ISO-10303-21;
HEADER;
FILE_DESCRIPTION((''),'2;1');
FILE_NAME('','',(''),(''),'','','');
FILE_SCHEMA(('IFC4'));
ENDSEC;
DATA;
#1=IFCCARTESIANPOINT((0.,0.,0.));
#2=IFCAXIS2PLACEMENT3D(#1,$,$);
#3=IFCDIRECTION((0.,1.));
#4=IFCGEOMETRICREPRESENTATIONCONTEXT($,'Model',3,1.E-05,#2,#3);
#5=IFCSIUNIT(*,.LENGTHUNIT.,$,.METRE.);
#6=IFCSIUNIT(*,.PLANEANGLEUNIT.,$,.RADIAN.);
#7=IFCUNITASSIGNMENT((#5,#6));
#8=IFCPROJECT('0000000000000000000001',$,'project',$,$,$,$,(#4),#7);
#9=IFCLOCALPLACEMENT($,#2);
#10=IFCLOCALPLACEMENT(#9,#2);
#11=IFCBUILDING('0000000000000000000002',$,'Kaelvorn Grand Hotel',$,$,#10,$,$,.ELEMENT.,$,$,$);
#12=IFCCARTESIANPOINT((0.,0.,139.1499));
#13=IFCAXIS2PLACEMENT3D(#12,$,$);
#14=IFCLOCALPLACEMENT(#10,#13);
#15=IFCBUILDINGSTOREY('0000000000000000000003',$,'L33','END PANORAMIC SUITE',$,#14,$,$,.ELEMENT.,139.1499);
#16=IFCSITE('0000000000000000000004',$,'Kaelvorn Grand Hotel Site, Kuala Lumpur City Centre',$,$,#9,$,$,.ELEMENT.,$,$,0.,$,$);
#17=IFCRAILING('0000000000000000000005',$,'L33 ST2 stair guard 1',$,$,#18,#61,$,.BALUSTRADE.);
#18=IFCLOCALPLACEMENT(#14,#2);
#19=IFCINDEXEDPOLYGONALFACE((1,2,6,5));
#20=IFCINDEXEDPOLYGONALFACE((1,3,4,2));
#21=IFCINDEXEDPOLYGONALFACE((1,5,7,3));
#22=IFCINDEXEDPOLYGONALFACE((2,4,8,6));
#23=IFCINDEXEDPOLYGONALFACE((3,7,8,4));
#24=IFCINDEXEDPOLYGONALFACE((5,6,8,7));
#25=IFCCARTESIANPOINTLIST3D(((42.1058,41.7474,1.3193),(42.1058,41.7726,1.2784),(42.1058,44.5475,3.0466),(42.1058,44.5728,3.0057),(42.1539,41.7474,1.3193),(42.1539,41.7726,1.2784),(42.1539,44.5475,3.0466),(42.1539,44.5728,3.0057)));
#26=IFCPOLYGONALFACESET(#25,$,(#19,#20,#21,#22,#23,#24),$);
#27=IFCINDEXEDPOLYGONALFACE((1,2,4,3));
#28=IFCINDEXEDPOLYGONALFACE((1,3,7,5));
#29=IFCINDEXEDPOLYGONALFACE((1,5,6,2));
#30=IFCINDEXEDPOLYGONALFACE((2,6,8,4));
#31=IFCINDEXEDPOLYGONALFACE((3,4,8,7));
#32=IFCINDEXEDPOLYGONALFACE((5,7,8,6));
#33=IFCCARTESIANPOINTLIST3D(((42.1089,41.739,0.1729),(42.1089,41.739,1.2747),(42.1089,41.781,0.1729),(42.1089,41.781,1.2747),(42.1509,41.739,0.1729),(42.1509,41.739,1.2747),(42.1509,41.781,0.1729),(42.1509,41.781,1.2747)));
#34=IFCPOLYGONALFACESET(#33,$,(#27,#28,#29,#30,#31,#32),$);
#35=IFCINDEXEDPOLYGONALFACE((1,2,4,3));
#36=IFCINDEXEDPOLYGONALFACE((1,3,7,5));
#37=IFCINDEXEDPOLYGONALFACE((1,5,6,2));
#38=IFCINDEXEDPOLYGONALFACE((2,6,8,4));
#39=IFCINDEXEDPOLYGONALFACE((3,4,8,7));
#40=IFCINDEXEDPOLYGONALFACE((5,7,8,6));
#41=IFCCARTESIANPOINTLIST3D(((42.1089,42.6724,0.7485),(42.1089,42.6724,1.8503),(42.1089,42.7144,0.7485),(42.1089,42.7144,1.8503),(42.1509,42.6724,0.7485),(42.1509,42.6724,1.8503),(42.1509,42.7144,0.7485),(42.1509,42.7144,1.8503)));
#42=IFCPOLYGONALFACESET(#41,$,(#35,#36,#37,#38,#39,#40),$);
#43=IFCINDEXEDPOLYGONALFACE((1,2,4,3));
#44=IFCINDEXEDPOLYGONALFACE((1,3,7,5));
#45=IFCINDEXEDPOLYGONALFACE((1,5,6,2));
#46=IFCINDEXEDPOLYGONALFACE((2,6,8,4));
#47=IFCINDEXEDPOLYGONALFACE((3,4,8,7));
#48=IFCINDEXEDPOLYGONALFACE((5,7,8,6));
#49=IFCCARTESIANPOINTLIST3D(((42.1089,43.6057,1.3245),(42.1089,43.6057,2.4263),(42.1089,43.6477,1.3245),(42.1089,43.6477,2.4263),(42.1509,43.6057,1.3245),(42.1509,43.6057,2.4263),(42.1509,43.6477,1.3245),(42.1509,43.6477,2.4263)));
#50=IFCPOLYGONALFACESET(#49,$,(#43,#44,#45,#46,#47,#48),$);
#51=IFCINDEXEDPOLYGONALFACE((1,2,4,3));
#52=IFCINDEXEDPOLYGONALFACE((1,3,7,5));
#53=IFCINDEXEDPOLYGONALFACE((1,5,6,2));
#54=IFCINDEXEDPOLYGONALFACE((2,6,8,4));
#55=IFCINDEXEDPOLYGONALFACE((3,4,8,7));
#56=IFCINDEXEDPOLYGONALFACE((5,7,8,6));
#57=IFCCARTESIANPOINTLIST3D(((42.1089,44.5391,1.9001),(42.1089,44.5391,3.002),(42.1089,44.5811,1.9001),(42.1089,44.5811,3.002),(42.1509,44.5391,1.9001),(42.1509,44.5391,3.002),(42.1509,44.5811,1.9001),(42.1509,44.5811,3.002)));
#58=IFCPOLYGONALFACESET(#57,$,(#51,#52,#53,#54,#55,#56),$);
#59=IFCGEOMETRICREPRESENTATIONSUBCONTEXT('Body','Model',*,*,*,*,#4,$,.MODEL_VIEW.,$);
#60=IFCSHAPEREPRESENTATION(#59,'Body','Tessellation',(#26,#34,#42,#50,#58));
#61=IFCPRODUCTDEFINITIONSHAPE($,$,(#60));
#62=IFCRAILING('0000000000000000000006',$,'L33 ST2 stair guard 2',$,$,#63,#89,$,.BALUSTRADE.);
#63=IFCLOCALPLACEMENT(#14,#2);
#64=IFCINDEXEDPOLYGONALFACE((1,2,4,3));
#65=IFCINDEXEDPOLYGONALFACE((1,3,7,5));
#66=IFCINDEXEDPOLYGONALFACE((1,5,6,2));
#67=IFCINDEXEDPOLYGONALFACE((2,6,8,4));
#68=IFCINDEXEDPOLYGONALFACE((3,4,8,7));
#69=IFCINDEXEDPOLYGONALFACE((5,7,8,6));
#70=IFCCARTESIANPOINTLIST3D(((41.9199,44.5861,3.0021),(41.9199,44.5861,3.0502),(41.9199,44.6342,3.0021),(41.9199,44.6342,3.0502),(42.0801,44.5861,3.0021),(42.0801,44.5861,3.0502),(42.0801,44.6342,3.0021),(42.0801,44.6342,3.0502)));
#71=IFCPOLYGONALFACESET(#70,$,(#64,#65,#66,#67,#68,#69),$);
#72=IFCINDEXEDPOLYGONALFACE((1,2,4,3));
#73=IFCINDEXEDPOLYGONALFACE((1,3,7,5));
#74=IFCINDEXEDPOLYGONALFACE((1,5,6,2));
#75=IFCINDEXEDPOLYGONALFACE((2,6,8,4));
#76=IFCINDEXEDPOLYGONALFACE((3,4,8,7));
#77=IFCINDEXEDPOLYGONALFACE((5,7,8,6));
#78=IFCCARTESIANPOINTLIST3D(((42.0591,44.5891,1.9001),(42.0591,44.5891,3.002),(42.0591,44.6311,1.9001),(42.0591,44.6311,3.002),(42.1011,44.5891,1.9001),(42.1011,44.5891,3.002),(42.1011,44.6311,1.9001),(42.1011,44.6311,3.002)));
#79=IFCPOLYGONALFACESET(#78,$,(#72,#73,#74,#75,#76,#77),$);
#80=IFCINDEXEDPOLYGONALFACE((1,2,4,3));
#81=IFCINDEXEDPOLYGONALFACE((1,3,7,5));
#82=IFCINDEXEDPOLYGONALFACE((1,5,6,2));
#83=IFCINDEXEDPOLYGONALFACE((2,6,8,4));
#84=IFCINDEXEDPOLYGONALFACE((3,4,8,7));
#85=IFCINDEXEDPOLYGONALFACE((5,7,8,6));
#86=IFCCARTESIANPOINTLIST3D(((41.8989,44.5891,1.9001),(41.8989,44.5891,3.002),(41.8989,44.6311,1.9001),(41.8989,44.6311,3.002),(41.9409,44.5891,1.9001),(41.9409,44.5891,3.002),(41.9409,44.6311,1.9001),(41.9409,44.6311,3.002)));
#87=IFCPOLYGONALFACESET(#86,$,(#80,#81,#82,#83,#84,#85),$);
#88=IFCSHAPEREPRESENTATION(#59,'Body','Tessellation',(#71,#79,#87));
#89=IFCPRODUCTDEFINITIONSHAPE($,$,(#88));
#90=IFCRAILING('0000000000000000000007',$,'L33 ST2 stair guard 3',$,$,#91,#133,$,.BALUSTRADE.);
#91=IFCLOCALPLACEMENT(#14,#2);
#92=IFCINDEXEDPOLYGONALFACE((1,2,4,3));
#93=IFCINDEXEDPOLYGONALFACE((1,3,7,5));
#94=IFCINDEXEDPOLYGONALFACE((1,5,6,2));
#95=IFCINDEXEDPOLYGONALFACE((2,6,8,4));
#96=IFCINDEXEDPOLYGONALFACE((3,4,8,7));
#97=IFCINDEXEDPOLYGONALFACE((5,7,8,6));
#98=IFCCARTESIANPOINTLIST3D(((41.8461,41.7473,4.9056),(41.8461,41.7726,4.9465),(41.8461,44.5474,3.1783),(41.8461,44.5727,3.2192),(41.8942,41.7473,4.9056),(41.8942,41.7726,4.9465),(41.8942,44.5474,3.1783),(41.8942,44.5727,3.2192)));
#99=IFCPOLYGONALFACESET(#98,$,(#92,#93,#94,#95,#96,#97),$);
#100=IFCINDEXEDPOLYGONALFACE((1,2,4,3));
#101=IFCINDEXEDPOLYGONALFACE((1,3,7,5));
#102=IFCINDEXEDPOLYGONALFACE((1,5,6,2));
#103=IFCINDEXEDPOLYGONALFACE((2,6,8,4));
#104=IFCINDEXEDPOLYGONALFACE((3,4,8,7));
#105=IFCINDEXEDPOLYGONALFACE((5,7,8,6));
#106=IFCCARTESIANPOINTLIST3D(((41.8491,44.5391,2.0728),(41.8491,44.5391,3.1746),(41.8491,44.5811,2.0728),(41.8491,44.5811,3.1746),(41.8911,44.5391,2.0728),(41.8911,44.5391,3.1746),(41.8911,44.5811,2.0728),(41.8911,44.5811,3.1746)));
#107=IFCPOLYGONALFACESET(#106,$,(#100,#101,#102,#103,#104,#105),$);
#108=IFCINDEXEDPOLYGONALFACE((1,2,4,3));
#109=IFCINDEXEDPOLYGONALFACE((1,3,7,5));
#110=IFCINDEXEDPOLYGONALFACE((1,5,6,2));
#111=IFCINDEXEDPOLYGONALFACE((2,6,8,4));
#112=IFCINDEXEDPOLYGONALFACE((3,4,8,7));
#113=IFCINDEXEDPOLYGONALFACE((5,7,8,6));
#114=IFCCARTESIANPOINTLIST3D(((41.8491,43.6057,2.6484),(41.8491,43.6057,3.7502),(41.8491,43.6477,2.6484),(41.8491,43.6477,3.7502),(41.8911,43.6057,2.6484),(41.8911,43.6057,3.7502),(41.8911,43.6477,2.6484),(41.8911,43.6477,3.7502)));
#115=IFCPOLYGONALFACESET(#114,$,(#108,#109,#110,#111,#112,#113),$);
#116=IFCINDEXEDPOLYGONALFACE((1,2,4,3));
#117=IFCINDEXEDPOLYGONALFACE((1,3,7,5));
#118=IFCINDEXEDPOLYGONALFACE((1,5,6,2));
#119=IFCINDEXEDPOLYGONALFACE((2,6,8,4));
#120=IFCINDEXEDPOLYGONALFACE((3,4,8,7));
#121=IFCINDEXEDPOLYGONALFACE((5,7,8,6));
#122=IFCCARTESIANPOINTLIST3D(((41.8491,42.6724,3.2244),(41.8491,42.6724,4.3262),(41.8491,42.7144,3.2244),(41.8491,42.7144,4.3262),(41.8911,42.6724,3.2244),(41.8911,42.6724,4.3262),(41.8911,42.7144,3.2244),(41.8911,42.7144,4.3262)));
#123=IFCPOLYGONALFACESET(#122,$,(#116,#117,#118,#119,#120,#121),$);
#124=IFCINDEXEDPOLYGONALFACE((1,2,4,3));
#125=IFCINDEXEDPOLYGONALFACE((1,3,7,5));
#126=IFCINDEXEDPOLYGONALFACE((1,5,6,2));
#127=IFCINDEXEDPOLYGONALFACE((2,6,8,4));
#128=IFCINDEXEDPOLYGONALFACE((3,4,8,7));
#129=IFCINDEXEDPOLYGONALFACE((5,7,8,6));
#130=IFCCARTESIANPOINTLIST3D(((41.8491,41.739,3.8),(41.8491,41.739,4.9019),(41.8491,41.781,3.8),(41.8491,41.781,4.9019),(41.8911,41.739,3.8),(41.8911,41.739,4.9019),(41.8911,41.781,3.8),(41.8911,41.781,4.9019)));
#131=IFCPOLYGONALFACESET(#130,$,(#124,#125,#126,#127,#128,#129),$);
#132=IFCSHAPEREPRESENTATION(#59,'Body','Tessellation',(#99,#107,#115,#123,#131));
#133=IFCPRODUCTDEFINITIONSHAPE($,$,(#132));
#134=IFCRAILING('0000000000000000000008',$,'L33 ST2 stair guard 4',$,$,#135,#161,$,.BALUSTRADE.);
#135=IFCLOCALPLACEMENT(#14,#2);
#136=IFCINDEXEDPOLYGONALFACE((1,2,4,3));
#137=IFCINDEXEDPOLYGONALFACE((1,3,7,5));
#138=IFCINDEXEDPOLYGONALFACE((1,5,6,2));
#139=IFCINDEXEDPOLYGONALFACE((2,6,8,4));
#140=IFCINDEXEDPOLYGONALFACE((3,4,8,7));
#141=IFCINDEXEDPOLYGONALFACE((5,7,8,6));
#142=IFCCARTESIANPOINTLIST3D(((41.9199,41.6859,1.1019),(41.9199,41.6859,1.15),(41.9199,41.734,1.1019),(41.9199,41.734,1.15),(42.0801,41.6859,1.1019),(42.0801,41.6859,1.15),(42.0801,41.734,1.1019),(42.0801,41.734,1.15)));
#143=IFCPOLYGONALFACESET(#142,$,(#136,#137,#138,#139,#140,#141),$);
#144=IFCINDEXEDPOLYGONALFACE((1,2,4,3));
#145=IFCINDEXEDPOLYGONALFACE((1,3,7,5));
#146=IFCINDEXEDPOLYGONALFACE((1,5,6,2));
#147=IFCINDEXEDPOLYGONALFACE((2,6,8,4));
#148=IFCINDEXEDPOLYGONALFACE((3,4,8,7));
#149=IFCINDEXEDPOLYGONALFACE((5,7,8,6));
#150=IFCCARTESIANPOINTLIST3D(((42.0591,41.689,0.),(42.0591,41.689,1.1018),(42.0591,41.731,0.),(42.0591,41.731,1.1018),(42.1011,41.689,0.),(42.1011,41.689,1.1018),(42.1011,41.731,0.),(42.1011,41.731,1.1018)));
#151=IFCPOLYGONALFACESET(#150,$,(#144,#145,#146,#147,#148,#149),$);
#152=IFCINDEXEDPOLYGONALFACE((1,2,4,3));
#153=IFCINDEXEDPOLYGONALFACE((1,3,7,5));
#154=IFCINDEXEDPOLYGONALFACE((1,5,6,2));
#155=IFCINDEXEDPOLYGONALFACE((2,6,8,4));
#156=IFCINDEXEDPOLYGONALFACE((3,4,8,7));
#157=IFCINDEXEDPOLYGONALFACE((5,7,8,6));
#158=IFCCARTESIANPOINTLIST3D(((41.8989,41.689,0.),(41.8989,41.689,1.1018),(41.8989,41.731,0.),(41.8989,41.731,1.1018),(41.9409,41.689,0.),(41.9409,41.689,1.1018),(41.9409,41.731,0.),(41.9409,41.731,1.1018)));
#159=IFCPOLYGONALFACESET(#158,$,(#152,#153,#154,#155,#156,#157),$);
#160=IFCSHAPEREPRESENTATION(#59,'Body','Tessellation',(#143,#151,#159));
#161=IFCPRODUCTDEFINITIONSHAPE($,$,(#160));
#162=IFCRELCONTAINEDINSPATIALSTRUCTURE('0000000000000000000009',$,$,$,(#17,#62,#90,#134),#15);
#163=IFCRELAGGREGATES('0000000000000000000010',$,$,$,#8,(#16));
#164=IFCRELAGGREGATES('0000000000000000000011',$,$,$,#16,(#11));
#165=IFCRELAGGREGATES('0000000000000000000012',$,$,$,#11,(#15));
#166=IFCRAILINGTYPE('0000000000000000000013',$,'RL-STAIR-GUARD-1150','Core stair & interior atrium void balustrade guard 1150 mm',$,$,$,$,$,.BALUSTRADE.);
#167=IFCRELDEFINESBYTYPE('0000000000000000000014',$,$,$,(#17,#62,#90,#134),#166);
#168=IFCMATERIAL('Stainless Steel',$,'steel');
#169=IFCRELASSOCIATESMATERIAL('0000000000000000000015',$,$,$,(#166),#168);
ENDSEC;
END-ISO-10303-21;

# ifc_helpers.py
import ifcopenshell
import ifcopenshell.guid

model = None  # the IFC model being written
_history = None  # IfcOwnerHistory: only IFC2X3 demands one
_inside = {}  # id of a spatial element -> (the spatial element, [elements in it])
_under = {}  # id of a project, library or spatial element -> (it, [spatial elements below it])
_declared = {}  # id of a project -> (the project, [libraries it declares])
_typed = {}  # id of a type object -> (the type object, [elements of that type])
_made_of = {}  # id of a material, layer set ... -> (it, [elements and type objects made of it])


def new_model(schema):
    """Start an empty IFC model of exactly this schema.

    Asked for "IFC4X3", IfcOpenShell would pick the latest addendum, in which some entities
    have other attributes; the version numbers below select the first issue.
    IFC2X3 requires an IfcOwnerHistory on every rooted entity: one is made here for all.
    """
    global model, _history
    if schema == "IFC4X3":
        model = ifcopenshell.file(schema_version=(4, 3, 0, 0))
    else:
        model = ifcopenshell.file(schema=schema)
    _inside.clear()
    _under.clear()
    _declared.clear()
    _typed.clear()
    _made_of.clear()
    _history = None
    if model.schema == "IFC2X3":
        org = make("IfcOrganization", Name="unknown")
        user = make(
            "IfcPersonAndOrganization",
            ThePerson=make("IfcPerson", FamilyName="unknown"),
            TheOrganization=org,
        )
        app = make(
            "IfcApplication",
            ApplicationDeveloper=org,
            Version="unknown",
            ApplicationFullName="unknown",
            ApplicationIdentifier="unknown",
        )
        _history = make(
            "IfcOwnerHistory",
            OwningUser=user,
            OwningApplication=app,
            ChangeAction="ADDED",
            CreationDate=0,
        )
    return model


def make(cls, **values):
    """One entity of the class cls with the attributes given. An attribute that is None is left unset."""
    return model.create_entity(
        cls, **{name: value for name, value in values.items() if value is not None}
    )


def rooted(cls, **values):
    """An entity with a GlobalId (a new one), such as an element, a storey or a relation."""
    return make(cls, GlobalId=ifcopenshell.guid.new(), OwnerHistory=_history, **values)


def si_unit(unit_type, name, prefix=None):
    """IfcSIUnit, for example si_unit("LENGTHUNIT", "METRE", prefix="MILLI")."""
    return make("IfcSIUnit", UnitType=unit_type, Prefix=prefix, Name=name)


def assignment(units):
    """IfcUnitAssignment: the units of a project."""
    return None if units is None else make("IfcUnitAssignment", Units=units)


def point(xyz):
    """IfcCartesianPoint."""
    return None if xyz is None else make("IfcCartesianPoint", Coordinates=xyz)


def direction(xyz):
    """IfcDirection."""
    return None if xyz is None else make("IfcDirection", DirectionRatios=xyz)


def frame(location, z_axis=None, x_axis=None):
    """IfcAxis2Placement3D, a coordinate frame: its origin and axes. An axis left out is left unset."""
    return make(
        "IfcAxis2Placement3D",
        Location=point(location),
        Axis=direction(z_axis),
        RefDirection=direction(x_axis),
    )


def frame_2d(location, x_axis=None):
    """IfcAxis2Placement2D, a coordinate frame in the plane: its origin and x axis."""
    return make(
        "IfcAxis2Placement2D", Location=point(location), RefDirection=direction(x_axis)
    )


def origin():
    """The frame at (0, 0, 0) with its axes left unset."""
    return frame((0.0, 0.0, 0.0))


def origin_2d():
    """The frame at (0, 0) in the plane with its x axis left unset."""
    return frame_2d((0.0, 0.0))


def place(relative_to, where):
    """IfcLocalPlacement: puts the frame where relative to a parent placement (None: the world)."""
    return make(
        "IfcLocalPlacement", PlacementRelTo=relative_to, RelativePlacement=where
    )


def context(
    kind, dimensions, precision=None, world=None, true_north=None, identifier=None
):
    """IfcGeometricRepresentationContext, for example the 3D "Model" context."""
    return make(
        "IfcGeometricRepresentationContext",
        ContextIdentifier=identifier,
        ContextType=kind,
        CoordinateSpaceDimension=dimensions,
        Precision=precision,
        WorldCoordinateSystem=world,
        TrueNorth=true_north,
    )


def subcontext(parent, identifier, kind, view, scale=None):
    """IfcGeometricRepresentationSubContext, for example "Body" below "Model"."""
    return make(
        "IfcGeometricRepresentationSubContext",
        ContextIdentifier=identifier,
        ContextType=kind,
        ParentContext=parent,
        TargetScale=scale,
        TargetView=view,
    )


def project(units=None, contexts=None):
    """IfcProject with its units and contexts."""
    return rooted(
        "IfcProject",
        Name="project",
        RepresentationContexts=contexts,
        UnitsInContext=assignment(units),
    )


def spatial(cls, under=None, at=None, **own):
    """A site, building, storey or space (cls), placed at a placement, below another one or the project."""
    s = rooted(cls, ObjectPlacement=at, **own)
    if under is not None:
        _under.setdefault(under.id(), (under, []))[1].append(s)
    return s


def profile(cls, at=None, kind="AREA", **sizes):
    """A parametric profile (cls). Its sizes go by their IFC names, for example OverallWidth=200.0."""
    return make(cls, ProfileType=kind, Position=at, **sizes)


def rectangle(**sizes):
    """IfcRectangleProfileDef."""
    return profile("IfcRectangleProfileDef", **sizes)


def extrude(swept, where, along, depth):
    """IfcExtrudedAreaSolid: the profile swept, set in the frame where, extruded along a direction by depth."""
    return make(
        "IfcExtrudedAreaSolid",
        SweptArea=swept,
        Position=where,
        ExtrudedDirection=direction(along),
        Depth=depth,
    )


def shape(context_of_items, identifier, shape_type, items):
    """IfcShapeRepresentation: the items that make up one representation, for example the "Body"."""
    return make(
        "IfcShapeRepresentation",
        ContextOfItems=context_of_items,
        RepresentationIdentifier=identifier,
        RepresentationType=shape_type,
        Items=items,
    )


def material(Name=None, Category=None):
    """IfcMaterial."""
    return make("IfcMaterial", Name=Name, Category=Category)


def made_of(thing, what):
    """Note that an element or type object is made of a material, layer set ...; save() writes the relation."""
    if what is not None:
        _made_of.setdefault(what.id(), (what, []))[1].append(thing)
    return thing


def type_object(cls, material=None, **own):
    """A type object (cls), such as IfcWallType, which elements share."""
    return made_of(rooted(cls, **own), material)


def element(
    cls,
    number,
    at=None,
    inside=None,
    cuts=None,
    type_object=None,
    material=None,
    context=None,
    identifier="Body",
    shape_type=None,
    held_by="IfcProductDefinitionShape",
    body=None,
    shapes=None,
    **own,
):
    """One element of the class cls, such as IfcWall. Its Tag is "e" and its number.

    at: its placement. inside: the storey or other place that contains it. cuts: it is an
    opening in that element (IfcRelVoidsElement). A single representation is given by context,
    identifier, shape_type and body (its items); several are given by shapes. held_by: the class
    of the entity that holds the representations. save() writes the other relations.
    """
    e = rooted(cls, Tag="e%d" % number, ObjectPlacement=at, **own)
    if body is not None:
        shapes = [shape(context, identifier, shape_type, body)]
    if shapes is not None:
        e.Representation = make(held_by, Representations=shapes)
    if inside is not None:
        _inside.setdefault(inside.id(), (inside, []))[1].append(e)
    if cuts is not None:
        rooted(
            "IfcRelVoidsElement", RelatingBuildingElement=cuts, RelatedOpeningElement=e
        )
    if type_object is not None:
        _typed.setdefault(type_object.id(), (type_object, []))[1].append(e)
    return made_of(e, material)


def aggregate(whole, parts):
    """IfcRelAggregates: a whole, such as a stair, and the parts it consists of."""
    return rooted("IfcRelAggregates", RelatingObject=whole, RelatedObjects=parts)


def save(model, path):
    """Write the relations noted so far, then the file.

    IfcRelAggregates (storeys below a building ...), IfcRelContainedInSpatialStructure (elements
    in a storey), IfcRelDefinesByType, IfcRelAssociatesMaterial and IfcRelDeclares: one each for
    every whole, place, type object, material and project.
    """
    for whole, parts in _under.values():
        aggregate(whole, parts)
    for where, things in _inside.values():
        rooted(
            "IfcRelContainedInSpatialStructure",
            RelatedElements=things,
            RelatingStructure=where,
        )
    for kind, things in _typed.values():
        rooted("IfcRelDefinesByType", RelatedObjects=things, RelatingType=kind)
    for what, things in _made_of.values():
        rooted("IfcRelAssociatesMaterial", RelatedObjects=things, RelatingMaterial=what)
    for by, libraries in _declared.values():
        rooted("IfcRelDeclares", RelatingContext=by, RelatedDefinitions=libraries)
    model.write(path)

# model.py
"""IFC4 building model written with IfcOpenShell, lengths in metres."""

from ifc_helpers import new_model, si_unit, direction, frame, origin, origin_2d, place, context, subcontext, project, spatial, rectangle, extrude, material, type_object, element, save


model = new_model("IFC4")

# Units and contexts
model_context = context("Model", 3, precision=1e-05, world=origin(), true_north=direction((0.0, 1.0)))
body_context = subcontext(model_context, "Body", "Model", "MODEL_VIEW")
ifc_project = project(units=[si_unit("LENGTHUNIT", "METRE"), si_unit("PLANEANGLEUNIT", "RADIAN")], contexts=[model_context])

# Site, building, storey
site_placement = place(None, origin())
site = spatial("IfcSite", under=ifc_project, at=site_placement, Name="Kaelvorn Grand Hotel Site, Kuala Lumpur City Centre", CompositionType="ELEMENT", RefElevation=0.0)
building_placement = place(site_placement, origin())
building = spatial("IfcBuilding", under=site, at=building_placement, Name="Kaelvorn Grand Hotel", CompositionType="ELEMENT")
storey_placement = place(building_placement, frame((0.0, 0.0, 139.1499)))
storey = spatial("IfcBuildingStorey", under=building, at=storey_placement, Name="L33", Description="END PANORAMIC SUITE", CompositionType="ELEMENT", Elevation=139.1499)

# Railings
ifc_material_1 = material(Name="Stainless Steel", Category="steel")
railing_type_1 = type_object("IfcRailingType", Name="RL-STAIR-GUARD-1150", Description="Core stair & interior atrium void balustrade guard 1150 mm", PredefinedType="BALUSTRADE", material=ifc_material_1)
railing_1_placement = place(storey_placement, frame((42.1299, 41.76, 0.1729)))
element("IfcRailing", 1, at=railing_1_placement, inside=storey, type_object=railing_type_1, Name="L33 ST2 stair guard 1", PredefinedType="BALUSTRADE", context=body_context, shape_type="SweptSolid", body=[
    extrude(rectangle(XDim=0.0481, YDim=0.0481, at=origin_2d()), frame((0.0, 0.0, 1.126), z_axis=(0.0, 0.85109, 0.52502), x_axis=(-1.0, 0.0, 0.0)), (0.0, 0.0, 1.0), 3.29),
    extrude(rectangle(XDim=0.042, YDim=0.042, at=origin_2d()), origin(), (0.0, 0.0, 1.0), 1.1018),
    extrude(rectangle(XDim=0.042, YDim=0.042, at=origin_2d()), frame((0.0, 0.9333, 0.5757)), (0.0, 0.0, 1.0), 1.1018),
    extrude(rectangle(XDim=0.042, YDim=0.042, at=origin_2d()), frame((0.0, 1.8667, 1.1516)), (0.0, 0.0, 1.0), 1.1018),
    extrude(rectangle(XDim=0.042, YDim=0.042, at=origin_2d()), frame((0.0, 2.8, 1.7273)), (0.0, 0.0, 1.0), 1.1018),
])
railing_2_placement = place(storey_placement, frame((42.0801, 44.6101, 1.9001)))
element("IfcRailing", 2, at=railing_2_placement, inside=storey, type_object=railing_type_1, Name="L33 ST2 stair guard 2", PredefinedType="BALUSTRADE", context=body_context, shape_type="SweptSolid", body=[
    extrude(rectangle(XDim=0.0481, YDim=0.0481, at=origin_2d()), frame((0.0, 0.0, 1.126), z_axis=(-1.0, 0.0, 0.0), x_axis=(0.0, -1.0, 0.0)), (0.0, 0.0, 1.0), 0.1602),
    extrude(rectangle(XDim=0.042, YDim=0.042, at=origin_2d()), origin(), (0.0, 0.0, 1.0), 1.1018),
    extrude(rectangle(XDim=0.042, YDim=0.042, at=origin_2d()), frame((-0.1602, 0.0, 0.0)), (0.0, 0.0, 1.0), 1.1018),
])
railing_3_placement = place(storey_placement, frame((41.8701, 44.5601, 2.0728)))
element("IfcRailing", 3, at=railing_3_placement, inside=storey, type_object=railing_type_1, Name="L33 ST2 stair guard 3", PredefinedType="BALUSTRADE", context=body_context, shape_type="SweptSolid", body=[
    extrude(rectangle(XDim=0.0481, YDim=0.0481, at=origin_2d()), frame((0.0, 0.0, 1.126), z_axis=(0.0, -0.85109, 0.52502), x_axis=(1.0, 0.0, 0.0)), (0.0, 0.0, 1.0), 3.29),
    extrude(rectangle(XDim=0.042, YDim=0.042, at=origin_2d()), origin(), (0.0, 0.0, 1.0), 1.1018),
    extrude(rectangle(XDim=0.042, YDim=0.042, at=origin_2d()), frame((0.0, -0.9333, 0.5757)), (0.0, 0.0, 1.0), 1.1018),
    extrude(rectangle(XDim=0.042, YDim=0.042, at=origin_2d()), frame((0.0, -1.8667, 1.1516)), (0.0, 0.0, 1.0), 1.1018),
    extrude(rectangle(XDim=0.042, YDim=0.042, at=origin_2d()), frame((0.0, -2.8, 1.7273)), (0.0, 0.0, 1.0), 1.1018),
])
railing_4_placement = place(storey_placement, frame((42.0801, 41.71, 0.0)))
element("IfcRailing", 4, at=railing_4_placement, inside=storey, type_object=railing_type_1, Name="L33 ST2 stair guard 4", PredefinedType="BALUSTRADE", context=body_context, shape_type="SweptSolid", body=[
    extrude(rectangle(XDim=0.0481, YDim=0.0481, at=origin_2d()), frame((0.0, 0.0, 1.126), z_axis=(-1.0, 0.0, 0.0), x_axis=(0.0, -1.0, 0.0)), (0.0, 0.0, 1.0), 0.1602),
    extrude(rectangle(XDim=0.042, YDim=0.042, at=origin_2d()), origin(), (0.0, 0.0, 1.0), 1.1018),
    extrude(rectangle(XDim=0.042, YDim=0.042, at=origin_2d()), frame((-0.1602, 0.0, 0.0)), (0.0, 0.0, 1.0), 1.1018),
])

save(model, "model.ifc")
